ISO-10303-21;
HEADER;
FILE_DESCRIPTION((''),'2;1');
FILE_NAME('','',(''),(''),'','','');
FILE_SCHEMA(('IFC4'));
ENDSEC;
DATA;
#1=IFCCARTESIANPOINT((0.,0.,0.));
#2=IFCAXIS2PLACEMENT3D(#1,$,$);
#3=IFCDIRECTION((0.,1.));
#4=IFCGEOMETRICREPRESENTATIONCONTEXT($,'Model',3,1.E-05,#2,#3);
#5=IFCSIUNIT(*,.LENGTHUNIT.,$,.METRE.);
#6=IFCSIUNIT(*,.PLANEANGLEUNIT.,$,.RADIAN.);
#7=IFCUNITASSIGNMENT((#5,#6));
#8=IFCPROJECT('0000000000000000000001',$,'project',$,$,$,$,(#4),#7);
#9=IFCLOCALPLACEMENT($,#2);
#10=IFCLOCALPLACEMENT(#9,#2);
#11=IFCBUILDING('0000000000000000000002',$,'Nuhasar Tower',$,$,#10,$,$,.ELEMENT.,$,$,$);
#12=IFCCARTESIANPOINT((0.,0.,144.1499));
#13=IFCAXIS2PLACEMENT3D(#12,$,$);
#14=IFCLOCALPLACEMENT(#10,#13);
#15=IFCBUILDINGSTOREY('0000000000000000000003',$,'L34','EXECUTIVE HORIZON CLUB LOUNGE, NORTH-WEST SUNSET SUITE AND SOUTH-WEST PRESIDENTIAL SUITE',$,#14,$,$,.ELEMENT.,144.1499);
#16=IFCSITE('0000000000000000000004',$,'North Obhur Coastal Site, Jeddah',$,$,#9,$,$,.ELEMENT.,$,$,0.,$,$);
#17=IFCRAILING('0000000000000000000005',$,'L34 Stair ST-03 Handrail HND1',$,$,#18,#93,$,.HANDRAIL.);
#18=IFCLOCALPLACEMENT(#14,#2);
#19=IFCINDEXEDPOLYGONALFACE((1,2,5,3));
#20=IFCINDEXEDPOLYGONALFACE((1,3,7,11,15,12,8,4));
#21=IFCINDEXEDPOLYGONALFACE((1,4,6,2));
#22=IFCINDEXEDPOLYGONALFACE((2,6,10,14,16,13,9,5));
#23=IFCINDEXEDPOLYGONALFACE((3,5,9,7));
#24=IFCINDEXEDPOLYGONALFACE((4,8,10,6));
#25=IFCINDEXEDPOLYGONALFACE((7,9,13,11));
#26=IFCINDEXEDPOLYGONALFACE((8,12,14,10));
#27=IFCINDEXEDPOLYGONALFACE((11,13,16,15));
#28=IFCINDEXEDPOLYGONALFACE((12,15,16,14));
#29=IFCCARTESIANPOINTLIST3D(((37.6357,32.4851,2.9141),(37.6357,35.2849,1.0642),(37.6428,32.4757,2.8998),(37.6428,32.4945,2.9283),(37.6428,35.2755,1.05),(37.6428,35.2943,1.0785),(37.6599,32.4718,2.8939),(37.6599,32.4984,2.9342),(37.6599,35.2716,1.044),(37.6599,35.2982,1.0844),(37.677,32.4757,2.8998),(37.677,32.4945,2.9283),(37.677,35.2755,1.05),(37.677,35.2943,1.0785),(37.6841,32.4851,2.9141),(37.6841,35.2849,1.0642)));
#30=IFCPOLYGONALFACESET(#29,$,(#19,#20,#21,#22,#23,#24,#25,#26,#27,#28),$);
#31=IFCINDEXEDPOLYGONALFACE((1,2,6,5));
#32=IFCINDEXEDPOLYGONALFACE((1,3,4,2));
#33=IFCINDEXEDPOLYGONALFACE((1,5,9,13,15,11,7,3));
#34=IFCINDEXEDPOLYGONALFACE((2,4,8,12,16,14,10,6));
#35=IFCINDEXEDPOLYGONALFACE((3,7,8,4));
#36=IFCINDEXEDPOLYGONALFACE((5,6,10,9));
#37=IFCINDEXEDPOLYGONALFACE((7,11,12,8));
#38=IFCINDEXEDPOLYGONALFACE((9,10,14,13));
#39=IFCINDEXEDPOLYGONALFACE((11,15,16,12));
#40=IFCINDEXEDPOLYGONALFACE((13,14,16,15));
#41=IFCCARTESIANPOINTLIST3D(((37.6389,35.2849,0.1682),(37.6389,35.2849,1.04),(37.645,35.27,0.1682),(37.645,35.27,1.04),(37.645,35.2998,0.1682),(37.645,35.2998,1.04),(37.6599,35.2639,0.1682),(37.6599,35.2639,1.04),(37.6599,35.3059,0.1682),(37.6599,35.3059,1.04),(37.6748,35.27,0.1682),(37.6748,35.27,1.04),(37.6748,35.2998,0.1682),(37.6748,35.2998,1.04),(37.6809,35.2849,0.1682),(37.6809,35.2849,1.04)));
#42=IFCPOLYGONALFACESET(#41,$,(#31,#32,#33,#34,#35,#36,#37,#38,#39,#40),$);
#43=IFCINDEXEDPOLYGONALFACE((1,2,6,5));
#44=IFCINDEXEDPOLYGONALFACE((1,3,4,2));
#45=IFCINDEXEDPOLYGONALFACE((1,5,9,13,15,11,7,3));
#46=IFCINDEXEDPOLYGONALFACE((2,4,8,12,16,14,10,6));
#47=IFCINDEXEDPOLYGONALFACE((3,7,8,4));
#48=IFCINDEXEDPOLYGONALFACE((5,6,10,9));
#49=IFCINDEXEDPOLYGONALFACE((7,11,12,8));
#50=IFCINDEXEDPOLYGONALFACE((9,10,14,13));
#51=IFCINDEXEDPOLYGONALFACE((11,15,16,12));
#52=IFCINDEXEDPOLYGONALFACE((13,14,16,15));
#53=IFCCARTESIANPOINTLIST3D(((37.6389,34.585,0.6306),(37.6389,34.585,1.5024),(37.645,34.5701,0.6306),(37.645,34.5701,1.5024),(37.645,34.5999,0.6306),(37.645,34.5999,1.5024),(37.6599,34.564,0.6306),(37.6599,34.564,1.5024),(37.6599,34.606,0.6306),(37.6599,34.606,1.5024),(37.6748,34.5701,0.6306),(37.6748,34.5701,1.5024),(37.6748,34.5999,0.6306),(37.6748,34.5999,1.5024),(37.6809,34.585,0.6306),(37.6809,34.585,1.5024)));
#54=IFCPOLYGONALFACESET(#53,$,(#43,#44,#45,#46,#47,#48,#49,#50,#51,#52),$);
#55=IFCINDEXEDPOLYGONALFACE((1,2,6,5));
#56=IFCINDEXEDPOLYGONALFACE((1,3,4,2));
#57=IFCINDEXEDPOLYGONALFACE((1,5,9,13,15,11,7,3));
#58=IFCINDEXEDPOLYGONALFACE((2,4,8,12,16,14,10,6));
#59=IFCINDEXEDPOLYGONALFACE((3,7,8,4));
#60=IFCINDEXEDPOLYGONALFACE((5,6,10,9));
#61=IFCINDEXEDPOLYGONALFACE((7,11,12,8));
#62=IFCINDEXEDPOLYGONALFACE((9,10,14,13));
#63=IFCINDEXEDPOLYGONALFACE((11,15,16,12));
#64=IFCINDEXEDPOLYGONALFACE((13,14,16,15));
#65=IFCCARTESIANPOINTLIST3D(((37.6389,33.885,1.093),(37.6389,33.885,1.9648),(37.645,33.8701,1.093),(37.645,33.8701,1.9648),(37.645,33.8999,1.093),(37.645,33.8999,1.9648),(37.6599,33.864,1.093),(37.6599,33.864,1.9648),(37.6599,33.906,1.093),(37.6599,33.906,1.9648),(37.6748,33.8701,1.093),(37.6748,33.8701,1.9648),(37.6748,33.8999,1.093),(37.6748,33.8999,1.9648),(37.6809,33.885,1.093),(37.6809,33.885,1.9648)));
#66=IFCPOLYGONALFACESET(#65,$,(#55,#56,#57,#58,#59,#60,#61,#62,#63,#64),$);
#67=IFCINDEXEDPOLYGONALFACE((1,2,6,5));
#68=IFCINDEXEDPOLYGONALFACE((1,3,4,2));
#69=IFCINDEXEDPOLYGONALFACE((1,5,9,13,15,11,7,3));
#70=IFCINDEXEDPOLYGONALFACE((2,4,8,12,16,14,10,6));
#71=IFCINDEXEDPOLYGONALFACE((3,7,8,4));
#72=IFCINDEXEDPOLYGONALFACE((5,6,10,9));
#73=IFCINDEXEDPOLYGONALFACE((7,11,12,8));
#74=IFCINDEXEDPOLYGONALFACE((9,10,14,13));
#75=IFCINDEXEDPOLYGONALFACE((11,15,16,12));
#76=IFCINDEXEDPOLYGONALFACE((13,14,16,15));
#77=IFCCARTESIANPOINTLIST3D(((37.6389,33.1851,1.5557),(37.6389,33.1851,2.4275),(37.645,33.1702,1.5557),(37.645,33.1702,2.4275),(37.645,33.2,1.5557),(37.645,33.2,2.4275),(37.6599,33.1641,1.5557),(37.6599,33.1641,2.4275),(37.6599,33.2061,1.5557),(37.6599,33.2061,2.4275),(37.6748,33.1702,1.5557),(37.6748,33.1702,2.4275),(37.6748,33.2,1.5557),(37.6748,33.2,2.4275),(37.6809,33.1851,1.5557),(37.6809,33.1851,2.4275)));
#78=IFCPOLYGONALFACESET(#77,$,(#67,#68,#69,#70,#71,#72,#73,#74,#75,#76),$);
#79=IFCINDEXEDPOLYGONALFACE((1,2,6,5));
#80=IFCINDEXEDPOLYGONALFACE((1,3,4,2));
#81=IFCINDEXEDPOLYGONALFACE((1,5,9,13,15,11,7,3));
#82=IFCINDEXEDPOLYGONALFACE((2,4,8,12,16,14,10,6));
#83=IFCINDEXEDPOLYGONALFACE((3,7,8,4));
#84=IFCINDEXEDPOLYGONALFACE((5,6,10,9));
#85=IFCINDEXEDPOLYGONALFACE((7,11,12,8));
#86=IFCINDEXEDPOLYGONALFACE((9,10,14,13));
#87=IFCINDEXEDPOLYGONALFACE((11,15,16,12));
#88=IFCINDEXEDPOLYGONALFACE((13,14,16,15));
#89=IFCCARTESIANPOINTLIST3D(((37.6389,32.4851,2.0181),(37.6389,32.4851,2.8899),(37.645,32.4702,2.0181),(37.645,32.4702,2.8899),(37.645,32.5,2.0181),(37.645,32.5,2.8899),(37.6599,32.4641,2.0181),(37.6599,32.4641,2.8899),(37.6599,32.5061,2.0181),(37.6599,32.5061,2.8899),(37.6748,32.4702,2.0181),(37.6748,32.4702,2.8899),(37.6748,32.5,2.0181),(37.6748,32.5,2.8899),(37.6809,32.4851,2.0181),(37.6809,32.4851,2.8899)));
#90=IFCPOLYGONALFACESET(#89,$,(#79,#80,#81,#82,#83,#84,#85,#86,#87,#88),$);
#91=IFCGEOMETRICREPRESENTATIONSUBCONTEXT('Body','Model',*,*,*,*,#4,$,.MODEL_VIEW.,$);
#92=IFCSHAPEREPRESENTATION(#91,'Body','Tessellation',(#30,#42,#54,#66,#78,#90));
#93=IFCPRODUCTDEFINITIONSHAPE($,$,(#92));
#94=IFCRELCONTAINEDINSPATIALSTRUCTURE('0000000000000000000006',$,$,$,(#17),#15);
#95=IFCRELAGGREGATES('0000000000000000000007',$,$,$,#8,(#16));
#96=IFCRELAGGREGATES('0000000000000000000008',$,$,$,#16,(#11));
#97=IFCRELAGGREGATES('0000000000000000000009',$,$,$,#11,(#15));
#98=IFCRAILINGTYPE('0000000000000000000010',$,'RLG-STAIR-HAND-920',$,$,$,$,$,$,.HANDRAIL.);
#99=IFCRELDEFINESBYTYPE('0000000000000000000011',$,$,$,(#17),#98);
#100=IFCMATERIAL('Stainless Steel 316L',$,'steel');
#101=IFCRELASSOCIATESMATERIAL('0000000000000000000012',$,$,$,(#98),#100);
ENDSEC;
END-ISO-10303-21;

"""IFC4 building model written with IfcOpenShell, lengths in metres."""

from ifc_helpers import new_model, si_unit, direction, frame, origin, place, context, subcontext, project, spatial, polyline, outline, extrude, material, type_object, element, save


model = new_model("IFC4")

# Units and contexts
model_context = context("Model", 3, precision=1e-05, world=origin(), true_north=direction((0.0, 1.0)))
body_context = subcontext(model_context, "Body", "Model", "MODEL_VIEW")
ifc_project = project(units=[si_unit("LENGTHUNIT", "METRE"), si_unit("PLANEANGLEUNIT", "RADIAN")], contexts=[model_context])

# Site, building, storey
site_placement = place(None, origin())
site = spatial("IfcSite", under=ifc_project, at=site_placement, Name="North Obhur Coastal Site, Jeddah", CompositionType="ELEMENT", RefElevation=0.0)
building_placement = place(site_placement, origin())
building = spatial("IfcBuilding", under=site, at=building_placement, Name="Nuhasar Tower", CompositionType="ELEMENT")
storey_placement = place(building_placement, frame((0.0, 0.0, 144.1499)))
storey = spatial("IfcBuildingStorey", under=building, at=storey_placement, Name="L34", Description="EXECUTIVE HORIZON CLUB LOUNGE, NORTH-WEST SUNSET SUITE AND SOUTH-WEST PRESIDENTIAL SUITE", CompositionType="ELEMENT", Elevation=144.1499)

# Railing
ifc_material_1 = material(Name="Stainless Steel 316L", Category="steel")
railing_type_1 = type_object("IfcRailingType", Name="RLG-STAIR-HAND-920", PredefinedType="HANDRAIL", material=ifc_material_1)
railing_1_placement = place(storey_placement, frame((37.6599, 35.2849, 0.1682)))
element("IfcRailing", 1, at=railing_1_placement, inside=storey, type_object=railing_type_1, Name="L34 Stair ST-03 Handrail HND1", PredefinedType="HANDRAIL", context=body_context, shape_type="SweptSolid", body=[
    extrude(outline(polyline([(0.0242, 0.0), (0.0171, 0.0171), (0.0, 0.0242), (-0.0171, 0.0171), (-0.0242, 0.0), (-0.0171, -0.0171), (0.0, -0.0242), (0.0171, -0.0171), (0.0242, 0.0)])), frame((0.0, 0.0, 0.896), z_axis=(0.0, -0.834338, 0.551254), x_axis=(1.0, 0.0, 0.0)), (0.0, 0.0, 1.0), 3.3557),
    extrude(outline(polyline([(0.021, 0.0), (0.0149, 0.0149), (0.0, 0.021), (-0.0149, 0.0149), (-0.021, 0.0), (-0.0149, -0.0149), (0.0, -0.021), (0.0149, -0.0149), (0.021, 0.0)])), origin(), (0.0, 0.0, 1.0), 0.8718),
    extrude(outline(polyline([(0.021, 0.0), (0.0149, 0.0149), (0.0, 0.021), (-0.0149, 0.0149), (-0.021, 0.0), (-0.0149, -0.0149), (0.0, -0.021), (0.0149, -0.0149), (0.021, 0.0)])), frame((0.0, -0.7, 0.4624)), (0.0, 0.0, 1.0), 0.8718),
    extrude(outline(polyline([(0.021, 0.0), (0.0149, 0.0149), (0.0, 0.021), (-0.0149, 0.0149), (-0.021, 0.0), (-0.0149, -0.0149), (0.0, -0.021), (0.0149, -0.0149), (0.021, 0.0)])), frame((0.0, -1.3999, 0.9248)), (0.0, 0.0, 1.0), 0.8718),
    extrude(outline(polyline([(0.021, 0.0), (0.0149, 0.0149), (0.0, 0.021), (-0.0149, 0.0149), (-0.021, 0.0), (-0.0149, -0.0149), (0.0, -0.021), (0.0149, -0.0149), (0.021, 0.0)])), frame((0.0, -2.0999, 1.3875)), (0.0, 0.0, 1.0), 0.8718),
    extrude(outline(polyline([(0.021, 0.0), (0.0149, 0.0149), (0.0, 0.021), (-0.0149, 0.0149), (-0.021, 0.0), (-0.0149, -0.0149), (0.0, -0.021), (0.0149, -0.0149), (0.021, 0.0)])), frame((0.0, -2.7998, 1.8499)), (0.0, 0.0, 1.0), 0.8718),
])

save(model, "model.ifc")
